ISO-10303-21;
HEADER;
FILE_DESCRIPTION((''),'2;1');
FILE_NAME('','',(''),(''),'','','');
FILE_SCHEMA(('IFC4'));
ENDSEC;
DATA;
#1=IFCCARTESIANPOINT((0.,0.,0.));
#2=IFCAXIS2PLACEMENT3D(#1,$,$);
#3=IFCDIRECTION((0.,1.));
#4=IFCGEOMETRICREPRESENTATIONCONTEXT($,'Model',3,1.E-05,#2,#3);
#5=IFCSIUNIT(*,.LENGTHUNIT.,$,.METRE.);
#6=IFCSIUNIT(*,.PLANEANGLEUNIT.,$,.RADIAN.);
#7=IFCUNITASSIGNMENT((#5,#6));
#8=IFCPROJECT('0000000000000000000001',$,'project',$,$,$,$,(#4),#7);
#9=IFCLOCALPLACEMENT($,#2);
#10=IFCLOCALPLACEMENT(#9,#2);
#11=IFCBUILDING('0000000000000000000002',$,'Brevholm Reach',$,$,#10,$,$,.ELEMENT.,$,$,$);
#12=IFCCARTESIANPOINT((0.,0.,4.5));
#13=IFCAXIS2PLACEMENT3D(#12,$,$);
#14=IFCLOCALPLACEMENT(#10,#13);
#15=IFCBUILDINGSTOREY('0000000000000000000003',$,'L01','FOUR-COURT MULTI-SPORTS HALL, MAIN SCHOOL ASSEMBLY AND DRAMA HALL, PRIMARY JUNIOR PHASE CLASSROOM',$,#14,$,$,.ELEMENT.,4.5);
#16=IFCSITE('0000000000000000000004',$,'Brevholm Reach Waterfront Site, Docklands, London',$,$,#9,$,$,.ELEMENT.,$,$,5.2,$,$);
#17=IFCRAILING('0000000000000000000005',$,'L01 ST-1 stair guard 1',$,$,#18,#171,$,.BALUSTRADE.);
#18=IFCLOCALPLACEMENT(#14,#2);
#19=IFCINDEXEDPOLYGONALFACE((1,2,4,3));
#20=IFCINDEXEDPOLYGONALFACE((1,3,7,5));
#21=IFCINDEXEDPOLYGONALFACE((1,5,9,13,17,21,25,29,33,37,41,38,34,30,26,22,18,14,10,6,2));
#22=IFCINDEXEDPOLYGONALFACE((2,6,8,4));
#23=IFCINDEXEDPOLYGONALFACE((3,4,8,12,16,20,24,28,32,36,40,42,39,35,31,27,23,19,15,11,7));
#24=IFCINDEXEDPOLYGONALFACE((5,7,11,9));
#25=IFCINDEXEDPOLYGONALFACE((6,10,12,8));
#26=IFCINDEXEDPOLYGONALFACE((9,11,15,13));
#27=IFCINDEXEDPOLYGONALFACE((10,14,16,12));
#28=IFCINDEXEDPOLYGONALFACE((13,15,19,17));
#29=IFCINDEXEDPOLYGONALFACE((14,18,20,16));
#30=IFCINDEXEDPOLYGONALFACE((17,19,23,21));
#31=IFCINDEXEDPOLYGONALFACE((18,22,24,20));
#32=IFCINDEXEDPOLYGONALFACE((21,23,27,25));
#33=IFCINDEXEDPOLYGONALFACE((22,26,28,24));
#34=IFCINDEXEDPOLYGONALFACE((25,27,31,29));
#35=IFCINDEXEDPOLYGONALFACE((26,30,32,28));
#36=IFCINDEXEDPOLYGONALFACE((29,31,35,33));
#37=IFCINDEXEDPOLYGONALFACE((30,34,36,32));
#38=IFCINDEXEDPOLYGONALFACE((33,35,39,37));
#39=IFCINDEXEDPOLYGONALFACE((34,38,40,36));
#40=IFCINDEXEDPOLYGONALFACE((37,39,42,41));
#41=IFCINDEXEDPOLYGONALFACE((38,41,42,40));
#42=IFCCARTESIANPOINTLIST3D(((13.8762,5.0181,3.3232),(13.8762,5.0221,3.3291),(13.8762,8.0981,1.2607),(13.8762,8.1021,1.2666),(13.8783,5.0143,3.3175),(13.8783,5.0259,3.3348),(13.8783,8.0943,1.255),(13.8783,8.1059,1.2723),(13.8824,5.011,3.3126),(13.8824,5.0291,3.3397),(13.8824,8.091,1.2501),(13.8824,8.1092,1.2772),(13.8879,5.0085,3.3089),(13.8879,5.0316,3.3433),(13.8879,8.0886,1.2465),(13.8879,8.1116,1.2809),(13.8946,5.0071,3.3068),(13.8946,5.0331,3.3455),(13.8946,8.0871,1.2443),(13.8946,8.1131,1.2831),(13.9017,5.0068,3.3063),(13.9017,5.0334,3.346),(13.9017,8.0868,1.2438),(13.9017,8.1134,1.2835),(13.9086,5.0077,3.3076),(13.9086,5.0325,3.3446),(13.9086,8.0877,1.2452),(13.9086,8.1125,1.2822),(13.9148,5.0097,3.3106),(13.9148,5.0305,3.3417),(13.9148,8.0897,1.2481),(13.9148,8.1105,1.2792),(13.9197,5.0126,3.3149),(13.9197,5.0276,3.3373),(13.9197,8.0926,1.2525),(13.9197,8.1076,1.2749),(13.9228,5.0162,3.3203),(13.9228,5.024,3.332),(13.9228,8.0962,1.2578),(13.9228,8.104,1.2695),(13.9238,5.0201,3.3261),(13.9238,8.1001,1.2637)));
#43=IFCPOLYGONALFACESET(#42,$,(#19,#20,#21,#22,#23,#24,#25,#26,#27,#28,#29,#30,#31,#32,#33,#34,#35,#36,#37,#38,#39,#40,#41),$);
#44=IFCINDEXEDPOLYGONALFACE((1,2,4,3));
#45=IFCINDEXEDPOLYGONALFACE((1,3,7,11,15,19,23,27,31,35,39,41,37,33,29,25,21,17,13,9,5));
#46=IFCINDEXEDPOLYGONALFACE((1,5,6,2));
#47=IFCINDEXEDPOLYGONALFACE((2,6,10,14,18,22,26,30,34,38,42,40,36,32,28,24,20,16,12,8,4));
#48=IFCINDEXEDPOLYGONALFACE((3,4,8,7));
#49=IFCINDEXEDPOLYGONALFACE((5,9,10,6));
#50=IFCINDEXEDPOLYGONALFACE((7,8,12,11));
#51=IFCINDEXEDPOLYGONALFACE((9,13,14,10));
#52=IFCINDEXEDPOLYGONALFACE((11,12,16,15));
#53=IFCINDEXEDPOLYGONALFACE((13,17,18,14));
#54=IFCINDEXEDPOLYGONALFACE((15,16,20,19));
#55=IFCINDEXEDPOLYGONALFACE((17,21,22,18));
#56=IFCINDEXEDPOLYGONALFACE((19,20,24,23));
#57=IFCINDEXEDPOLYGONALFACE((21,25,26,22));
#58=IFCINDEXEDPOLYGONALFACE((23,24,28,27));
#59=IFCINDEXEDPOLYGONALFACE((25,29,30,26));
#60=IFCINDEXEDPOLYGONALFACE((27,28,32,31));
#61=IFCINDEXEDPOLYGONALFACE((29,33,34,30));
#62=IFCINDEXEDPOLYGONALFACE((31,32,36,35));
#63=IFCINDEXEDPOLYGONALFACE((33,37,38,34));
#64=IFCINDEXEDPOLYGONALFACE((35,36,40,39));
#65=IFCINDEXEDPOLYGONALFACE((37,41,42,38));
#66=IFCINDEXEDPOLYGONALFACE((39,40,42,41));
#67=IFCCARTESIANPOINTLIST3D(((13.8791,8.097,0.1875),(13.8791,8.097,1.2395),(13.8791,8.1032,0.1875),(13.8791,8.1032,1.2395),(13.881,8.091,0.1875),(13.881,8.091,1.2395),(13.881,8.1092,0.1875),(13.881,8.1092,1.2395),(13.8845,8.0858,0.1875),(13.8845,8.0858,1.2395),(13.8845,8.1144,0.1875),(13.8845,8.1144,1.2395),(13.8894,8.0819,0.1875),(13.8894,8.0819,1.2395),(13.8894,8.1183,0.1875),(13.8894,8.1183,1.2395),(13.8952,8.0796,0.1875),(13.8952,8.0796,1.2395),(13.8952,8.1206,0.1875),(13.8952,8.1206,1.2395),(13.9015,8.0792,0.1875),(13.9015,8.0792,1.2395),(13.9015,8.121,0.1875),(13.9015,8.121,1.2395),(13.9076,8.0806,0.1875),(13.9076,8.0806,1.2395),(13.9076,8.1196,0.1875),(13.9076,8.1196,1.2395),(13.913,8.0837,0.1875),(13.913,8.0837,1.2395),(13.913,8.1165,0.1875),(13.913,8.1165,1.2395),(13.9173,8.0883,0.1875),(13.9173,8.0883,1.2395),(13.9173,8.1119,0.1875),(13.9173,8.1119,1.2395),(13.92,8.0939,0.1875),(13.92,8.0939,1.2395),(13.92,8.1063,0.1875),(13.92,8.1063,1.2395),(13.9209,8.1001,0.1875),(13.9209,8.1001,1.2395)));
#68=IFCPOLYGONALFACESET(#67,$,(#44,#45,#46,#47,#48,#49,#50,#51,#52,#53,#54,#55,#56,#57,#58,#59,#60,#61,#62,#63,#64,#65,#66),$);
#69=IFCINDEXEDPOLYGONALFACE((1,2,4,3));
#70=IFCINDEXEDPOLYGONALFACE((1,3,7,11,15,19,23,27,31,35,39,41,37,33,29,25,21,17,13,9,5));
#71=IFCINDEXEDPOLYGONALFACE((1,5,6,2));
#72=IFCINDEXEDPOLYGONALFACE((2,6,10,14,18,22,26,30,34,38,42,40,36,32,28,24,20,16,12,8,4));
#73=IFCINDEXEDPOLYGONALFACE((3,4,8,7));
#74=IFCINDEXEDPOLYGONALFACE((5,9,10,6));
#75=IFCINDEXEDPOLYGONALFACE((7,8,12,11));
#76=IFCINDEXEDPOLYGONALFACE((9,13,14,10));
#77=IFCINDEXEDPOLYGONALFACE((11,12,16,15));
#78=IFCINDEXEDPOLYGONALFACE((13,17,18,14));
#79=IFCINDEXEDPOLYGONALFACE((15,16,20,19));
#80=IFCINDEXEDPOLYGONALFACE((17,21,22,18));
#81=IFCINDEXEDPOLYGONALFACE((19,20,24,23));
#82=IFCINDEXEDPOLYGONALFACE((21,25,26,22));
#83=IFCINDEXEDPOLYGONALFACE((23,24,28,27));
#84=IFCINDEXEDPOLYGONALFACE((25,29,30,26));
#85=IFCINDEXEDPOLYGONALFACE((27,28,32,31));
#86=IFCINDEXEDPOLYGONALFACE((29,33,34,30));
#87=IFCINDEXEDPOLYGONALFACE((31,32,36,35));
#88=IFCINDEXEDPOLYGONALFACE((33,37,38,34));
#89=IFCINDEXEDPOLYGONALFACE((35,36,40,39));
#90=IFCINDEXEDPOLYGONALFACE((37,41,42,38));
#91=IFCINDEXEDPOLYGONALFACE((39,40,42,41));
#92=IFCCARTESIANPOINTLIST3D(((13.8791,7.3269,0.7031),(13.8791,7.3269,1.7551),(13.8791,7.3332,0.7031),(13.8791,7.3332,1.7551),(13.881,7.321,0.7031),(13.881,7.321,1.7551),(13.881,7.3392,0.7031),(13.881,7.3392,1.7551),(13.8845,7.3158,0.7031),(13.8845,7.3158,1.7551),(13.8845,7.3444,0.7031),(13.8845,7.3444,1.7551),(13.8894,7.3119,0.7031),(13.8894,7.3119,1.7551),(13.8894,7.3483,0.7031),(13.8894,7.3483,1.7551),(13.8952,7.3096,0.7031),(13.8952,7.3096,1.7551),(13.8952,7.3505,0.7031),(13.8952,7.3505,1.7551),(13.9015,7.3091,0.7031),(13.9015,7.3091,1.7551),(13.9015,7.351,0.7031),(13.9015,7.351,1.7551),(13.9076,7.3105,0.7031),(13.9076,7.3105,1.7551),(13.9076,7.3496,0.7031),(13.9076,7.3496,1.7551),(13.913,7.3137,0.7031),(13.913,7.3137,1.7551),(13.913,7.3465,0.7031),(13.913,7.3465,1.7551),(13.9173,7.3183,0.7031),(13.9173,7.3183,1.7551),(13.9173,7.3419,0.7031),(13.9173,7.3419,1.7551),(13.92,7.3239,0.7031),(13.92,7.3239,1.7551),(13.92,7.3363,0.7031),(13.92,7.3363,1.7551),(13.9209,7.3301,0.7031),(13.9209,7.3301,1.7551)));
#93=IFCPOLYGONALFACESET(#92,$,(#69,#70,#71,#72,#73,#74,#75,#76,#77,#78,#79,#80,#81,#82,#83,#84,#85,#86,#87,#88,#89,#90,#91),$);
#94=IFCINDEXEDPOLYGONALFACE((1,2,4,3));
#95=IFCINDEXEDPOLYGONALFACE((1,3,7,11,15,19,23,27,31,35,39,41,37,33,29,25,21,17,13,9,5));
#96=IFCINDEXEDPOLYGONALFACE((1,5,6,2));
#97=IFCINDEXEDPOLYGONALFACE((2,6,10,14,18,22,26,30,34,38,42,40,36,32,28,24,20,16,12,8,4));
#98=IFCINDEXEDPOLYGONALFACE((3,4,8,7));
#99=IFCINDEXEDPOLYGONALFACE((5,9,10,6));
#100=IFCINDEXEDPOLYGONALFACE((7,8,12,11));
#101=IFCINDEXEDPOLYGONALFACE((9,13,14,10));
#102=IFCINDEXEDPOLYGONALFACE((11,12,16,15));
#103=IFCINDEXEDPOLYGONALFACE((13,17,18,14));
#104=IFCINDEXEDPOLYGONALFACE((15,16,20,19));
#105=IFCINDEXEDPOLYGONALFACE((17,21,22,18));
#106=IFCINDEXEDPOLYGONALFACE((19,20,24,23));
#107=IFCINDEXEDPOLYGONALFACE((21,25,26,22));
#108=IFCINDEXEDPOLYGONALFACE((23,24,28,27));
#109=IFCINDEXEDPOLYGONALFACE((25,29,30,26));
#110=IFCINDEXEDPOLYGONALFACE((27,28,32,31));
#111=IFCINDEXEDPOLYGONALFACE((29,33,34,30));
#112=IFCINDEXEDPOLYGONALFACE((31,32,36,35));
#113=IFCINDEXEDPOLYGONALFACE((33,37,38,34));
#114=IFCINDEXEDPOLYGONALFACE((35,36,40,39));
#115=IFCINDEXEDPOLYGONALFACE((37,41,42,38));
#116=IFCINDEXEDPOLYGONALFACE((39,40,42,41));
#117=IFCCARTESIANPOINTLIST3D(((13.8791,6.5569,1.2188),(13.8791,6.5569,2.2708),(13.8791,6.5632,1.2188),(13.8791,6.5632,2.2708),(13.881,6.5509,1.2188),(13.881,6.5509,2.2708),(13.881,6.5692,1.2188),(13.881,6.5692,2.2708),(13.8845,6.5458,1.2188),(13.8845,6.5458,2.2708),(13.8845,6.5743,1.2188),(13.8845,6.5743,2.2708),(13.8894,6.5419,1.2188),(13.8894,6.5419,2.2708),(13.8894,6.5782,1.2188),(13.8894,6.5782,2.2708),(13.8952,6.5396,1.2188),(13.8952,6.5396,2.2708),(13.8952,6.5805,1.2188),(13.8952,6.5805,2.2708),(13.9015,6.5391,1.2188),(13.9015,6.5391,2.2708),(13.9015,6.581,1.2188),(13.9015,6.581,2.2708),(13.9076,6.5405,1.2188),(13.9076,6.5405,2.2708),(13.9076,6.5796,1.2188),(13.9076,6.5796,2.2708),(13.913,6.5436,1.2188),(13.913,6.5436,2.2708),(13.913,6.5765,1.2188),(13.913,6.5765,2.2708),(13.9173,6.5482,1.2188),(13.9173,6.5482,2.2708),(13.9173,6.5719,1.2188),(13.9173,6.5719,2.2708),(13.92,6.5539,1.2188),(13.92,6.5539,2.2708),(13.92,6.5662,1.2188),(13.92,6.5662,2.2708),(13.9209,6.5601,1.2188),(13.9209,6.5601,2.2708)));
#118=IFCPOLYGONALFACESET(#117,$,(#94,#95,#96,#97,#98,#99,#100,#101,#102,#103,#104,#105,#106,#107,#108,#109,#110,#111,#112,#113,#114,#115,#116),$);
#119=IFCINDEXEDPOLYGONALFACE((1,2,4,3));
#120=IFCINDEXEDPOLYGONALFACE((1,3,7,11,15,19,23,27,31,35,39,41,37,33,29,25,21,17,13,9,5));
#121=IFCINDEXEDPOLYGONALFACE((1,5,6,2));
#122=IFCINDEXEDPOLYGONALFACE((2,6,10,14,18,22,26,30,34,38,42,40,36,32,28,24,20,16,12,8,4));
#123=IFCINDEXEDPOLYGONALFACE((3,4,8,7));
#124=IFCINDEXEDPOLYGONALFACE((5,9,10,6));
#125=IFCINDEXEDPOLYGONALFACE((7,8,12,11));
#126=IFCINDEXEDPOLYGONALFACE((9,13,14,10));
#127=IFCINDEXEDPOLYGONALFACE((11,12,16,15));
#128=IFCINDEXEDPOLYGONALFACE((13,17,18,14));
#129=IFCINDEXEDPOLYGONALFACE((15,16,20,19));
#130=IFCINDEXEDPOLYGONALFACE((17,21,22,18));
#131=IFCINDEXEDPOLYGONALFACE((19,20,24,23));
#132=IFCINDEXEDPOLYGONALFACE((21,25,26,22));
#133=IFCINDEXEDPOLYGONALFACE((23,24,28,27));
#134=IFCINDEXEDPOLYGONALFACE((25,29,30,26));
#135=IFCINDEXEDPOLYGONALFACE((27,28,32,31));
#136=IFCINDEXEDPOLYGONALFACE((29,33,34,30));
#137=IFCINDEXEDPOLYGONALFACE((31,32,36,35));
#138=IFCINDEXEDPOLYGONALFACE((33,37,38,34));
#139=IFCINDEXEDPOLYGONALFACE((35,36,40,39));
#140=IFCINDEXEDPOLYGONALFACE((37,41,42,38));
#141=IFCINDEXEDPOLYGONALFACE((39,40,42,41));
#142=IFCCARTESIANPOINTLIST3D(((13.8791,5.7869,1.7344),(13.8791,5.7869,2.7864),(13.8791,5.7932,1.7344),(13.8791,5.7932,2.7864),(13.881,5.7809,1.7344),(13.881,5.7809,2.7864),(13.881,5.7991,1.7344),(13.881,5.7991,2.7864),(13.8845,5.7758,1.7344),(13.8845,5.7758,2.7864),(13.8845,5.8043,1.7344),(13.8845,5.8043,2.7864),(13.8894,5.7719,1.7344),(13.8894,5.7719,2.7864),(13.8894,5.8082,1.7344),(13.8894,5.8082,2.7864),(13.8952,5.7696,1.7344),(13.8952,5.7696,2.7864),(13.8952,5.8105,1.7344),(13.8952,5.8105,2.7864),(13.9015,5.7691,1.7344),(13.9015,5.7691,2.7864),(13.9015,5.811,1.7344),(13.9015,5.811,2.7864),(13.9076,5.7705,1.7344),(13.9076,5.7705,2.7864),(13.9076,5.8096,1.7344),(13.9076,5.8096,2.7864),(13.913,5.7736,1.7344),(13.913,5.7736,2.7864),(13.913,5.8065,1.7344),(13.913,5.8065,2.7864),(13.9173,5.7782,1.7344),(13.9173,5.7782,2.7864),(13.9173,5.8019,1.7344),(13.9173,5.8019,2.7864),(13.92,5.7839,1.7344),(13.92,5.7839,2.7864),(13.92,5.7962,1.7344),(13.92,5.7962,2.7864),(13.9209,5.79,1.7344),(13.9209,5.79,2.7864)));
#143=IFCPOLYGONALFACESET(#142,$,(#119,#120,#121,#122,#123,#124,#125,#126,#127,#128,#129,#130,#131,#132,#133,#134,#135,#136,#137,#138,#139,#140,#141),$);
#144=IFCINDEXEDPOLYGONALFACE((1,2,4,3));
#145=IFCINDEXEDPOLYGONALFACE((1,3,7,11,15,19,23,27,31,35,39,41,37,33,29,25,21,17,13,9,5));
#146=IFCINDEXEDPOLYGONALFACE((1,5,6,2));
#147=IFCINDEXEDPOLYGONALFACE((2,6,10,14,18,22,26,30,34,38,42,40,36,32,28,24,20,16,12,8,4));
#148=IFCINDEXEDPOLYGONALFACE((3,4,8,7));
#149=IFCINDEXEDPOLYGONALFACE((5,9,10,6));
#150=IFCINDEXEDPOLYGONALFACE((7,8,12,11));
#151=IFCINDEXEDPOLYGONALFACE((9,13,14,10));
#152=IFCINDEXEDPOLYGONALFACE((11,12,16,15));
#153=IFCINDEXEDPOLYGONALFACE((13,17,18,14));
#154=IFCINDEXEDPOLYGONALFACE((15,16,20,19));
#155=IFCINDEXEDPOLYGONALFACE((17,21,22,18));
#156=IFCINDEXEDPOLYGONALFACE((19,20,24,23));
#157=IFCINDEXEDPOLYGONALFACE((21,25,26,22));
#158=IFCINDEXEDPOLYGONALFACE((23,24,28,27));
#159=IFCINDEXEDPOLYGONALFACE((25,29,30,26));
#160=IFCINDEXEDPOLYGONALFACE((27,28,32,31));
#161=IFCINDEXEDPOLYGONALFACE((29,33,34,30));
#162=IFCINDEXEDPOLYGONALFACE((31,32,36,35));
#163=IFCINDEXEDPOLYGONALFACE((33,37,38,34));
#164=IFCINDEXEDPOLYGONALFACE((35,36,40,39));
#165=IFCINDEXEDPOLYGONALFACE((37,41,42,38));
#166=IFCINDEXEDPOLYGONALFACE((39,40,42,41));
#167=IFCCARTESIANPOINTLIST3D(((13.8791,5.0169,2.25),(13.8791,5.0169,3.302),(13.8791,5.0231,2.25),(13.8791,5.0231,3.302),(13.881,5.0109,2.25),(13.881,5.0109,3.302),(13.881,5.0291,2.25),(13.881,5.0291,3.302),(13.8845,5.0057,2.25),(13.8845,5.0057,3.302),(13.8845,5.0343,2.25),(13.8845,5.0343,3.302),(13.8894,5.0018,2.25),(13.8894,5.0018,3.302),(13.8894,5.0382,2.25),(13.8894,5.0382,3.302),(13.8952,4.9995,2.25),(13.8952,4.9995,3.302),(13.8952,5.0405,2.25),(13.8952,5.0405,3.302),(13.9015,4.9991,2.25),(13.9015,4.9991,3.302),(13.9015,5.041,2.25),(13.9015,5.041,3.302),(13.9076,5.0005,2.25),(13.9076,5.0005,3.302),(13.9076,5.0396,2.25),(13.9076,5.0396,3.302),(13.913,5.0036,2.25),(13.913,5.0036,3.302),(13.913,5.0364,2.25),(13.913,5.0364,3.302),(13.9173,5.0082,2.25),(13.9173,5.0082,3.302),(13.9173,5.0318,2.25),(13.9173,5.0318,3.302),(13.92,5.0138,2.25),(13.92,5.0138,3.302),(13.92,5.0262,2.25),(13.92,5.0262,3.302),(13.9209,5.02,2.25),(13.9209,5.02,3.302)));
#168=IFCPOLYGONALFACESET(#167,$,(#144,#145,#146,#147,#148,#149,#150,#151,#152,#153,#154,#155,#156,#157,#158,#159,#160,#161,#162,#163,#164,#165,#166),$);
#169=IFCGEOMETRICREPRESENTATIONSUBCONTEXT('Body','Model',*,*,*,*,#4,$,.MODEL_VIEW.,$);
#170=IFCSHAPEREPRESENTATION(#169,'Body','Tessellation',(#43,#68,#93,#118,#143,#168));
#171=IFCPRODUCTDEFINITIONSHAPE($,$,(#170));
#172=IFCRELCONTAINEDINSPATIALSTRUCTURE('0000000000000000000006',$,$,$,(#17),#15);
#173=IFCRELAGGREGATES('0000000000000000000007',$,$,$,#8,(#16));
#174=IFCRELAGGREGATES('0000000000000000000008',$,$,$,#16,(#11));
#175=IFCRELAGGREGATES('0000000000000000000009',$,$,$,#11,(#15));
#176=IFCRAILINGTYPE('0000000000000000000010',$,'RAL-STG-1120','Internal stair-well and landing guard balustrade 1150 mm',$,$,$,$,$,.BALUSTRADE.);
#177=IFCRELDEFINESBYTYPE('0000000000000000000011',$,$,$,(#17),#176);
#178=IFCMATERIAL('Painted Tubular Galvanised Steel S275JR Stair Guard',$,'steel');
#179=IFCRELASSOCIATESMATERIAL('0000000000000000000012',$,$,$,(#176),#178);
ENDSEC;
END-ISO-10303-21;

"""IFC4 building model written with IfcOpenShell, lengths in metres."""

from ifc_helpers import new_model, si_unit, direction, frame, origin, origin_2d, place, context, subcontext, project, spatial, circle, extrude, material, type_object, element, save


model = new_model("IFC4")

# Units and contexts
model_context = context("Model", 3, precision=1e-05, world=origin(), true_north=direction((0.0, 1.0)))
body_context = subcontext(model_context, "Body", "Model", "MODEL_VIEW")
ifc_project = project(units=[si_unit("LENGTHUNIT", "METRE"), si_unit("PLANEANGLEUNIT", "RADIAN")], contexts=[model_context])

# Site, building, storey
site_placement = place(None, origin())
site = spatial("IfcSite", under=ifc_project, at=site_placement, Name="Brevholm Reach Waterfront Site, Docklands, London", CompositionType="ELEMENT", RefElevation=5.2)
building_placement = place(site_placement, origin())
building = spatial("IfcBuilding", under=site, at=building_placement, Name="Brevholm Reach", CompositionType="ELEMENT")
storey_placement = place(building_placement, frame((0.0, 0.0, 4.5)))
storey = spatial("IfcBuildingStorey", under=building, at=storey_placement, Name="L01", Description="FOUR-COURT MULTI-SPORTS HALL, MAIN SCHOOL ASSEMBLY AND DRAMA HALL, PRIMARY JUNIOR PHASE CLASSROOM", CompositionType="ELEMENT", Elevation=4.5)

# Railing
ifc_material_1 = material(Name="Painted Tubular Galvanised Steel S275JR Stair Guard", Category="steel")
railing_type_1 = type_object("IfcRailingType", Name="RAL-STG-1120", Description="Internal stair-well and landing guard balustrade 1150 mm", PredefinedType="BALUSTRADE", material=ifc_material_1)
railing_1_placement = place(storey_placement, frame((13.8999, 8.1001, 0.1875)))
element("IfcRailing", 1, at=railing_1_placement, inside=storey, type_object=railing_type_1, Name="L01 ST-1 stair guard 1", PredefinedType="BALUSTRADE", context=body_context, shape_type="SweptSolid", body=[
    extrude(circle(Radius=0.0239, at=origin_2d()), frame((0.0, 0.0, 1.0762), z_axis=(0.0, -0.830914, 0.556401), x_axis=(1.0, 0.0, 0.0)), (0.0, 0.0, 1.0), 3.7068),
    extrude(circle(Radius=0.021, at=origin_2d()), origin(), (0.0, 0.0, 1.0), 1.052),
    extrude(circle(Radius=0.021, at=origin_2d()), frame((0.0, -0.77, 0.5156)), (0.0, 0.0, 1.0), 1.052),
    extrude(circle(Radius=0.021, at=origin_2d()), frame((0.0, -1.54, 1.0312)), (0.0, 0.0, 1.0), 1.052),
    extrude(circle(Radius=0.021, at=origin_2d()), frame((0.0, -2.3101, 1.5469)), (0.0, 0.0, 1.0), 1.052),
    extrude(circle(Radius=0.021, at=origin_2d()), frame((0.0, -3.0801, 2.0625)), (0.0, 0.0, 1.0), 1.052),
])

save(model, "model.ifc")
